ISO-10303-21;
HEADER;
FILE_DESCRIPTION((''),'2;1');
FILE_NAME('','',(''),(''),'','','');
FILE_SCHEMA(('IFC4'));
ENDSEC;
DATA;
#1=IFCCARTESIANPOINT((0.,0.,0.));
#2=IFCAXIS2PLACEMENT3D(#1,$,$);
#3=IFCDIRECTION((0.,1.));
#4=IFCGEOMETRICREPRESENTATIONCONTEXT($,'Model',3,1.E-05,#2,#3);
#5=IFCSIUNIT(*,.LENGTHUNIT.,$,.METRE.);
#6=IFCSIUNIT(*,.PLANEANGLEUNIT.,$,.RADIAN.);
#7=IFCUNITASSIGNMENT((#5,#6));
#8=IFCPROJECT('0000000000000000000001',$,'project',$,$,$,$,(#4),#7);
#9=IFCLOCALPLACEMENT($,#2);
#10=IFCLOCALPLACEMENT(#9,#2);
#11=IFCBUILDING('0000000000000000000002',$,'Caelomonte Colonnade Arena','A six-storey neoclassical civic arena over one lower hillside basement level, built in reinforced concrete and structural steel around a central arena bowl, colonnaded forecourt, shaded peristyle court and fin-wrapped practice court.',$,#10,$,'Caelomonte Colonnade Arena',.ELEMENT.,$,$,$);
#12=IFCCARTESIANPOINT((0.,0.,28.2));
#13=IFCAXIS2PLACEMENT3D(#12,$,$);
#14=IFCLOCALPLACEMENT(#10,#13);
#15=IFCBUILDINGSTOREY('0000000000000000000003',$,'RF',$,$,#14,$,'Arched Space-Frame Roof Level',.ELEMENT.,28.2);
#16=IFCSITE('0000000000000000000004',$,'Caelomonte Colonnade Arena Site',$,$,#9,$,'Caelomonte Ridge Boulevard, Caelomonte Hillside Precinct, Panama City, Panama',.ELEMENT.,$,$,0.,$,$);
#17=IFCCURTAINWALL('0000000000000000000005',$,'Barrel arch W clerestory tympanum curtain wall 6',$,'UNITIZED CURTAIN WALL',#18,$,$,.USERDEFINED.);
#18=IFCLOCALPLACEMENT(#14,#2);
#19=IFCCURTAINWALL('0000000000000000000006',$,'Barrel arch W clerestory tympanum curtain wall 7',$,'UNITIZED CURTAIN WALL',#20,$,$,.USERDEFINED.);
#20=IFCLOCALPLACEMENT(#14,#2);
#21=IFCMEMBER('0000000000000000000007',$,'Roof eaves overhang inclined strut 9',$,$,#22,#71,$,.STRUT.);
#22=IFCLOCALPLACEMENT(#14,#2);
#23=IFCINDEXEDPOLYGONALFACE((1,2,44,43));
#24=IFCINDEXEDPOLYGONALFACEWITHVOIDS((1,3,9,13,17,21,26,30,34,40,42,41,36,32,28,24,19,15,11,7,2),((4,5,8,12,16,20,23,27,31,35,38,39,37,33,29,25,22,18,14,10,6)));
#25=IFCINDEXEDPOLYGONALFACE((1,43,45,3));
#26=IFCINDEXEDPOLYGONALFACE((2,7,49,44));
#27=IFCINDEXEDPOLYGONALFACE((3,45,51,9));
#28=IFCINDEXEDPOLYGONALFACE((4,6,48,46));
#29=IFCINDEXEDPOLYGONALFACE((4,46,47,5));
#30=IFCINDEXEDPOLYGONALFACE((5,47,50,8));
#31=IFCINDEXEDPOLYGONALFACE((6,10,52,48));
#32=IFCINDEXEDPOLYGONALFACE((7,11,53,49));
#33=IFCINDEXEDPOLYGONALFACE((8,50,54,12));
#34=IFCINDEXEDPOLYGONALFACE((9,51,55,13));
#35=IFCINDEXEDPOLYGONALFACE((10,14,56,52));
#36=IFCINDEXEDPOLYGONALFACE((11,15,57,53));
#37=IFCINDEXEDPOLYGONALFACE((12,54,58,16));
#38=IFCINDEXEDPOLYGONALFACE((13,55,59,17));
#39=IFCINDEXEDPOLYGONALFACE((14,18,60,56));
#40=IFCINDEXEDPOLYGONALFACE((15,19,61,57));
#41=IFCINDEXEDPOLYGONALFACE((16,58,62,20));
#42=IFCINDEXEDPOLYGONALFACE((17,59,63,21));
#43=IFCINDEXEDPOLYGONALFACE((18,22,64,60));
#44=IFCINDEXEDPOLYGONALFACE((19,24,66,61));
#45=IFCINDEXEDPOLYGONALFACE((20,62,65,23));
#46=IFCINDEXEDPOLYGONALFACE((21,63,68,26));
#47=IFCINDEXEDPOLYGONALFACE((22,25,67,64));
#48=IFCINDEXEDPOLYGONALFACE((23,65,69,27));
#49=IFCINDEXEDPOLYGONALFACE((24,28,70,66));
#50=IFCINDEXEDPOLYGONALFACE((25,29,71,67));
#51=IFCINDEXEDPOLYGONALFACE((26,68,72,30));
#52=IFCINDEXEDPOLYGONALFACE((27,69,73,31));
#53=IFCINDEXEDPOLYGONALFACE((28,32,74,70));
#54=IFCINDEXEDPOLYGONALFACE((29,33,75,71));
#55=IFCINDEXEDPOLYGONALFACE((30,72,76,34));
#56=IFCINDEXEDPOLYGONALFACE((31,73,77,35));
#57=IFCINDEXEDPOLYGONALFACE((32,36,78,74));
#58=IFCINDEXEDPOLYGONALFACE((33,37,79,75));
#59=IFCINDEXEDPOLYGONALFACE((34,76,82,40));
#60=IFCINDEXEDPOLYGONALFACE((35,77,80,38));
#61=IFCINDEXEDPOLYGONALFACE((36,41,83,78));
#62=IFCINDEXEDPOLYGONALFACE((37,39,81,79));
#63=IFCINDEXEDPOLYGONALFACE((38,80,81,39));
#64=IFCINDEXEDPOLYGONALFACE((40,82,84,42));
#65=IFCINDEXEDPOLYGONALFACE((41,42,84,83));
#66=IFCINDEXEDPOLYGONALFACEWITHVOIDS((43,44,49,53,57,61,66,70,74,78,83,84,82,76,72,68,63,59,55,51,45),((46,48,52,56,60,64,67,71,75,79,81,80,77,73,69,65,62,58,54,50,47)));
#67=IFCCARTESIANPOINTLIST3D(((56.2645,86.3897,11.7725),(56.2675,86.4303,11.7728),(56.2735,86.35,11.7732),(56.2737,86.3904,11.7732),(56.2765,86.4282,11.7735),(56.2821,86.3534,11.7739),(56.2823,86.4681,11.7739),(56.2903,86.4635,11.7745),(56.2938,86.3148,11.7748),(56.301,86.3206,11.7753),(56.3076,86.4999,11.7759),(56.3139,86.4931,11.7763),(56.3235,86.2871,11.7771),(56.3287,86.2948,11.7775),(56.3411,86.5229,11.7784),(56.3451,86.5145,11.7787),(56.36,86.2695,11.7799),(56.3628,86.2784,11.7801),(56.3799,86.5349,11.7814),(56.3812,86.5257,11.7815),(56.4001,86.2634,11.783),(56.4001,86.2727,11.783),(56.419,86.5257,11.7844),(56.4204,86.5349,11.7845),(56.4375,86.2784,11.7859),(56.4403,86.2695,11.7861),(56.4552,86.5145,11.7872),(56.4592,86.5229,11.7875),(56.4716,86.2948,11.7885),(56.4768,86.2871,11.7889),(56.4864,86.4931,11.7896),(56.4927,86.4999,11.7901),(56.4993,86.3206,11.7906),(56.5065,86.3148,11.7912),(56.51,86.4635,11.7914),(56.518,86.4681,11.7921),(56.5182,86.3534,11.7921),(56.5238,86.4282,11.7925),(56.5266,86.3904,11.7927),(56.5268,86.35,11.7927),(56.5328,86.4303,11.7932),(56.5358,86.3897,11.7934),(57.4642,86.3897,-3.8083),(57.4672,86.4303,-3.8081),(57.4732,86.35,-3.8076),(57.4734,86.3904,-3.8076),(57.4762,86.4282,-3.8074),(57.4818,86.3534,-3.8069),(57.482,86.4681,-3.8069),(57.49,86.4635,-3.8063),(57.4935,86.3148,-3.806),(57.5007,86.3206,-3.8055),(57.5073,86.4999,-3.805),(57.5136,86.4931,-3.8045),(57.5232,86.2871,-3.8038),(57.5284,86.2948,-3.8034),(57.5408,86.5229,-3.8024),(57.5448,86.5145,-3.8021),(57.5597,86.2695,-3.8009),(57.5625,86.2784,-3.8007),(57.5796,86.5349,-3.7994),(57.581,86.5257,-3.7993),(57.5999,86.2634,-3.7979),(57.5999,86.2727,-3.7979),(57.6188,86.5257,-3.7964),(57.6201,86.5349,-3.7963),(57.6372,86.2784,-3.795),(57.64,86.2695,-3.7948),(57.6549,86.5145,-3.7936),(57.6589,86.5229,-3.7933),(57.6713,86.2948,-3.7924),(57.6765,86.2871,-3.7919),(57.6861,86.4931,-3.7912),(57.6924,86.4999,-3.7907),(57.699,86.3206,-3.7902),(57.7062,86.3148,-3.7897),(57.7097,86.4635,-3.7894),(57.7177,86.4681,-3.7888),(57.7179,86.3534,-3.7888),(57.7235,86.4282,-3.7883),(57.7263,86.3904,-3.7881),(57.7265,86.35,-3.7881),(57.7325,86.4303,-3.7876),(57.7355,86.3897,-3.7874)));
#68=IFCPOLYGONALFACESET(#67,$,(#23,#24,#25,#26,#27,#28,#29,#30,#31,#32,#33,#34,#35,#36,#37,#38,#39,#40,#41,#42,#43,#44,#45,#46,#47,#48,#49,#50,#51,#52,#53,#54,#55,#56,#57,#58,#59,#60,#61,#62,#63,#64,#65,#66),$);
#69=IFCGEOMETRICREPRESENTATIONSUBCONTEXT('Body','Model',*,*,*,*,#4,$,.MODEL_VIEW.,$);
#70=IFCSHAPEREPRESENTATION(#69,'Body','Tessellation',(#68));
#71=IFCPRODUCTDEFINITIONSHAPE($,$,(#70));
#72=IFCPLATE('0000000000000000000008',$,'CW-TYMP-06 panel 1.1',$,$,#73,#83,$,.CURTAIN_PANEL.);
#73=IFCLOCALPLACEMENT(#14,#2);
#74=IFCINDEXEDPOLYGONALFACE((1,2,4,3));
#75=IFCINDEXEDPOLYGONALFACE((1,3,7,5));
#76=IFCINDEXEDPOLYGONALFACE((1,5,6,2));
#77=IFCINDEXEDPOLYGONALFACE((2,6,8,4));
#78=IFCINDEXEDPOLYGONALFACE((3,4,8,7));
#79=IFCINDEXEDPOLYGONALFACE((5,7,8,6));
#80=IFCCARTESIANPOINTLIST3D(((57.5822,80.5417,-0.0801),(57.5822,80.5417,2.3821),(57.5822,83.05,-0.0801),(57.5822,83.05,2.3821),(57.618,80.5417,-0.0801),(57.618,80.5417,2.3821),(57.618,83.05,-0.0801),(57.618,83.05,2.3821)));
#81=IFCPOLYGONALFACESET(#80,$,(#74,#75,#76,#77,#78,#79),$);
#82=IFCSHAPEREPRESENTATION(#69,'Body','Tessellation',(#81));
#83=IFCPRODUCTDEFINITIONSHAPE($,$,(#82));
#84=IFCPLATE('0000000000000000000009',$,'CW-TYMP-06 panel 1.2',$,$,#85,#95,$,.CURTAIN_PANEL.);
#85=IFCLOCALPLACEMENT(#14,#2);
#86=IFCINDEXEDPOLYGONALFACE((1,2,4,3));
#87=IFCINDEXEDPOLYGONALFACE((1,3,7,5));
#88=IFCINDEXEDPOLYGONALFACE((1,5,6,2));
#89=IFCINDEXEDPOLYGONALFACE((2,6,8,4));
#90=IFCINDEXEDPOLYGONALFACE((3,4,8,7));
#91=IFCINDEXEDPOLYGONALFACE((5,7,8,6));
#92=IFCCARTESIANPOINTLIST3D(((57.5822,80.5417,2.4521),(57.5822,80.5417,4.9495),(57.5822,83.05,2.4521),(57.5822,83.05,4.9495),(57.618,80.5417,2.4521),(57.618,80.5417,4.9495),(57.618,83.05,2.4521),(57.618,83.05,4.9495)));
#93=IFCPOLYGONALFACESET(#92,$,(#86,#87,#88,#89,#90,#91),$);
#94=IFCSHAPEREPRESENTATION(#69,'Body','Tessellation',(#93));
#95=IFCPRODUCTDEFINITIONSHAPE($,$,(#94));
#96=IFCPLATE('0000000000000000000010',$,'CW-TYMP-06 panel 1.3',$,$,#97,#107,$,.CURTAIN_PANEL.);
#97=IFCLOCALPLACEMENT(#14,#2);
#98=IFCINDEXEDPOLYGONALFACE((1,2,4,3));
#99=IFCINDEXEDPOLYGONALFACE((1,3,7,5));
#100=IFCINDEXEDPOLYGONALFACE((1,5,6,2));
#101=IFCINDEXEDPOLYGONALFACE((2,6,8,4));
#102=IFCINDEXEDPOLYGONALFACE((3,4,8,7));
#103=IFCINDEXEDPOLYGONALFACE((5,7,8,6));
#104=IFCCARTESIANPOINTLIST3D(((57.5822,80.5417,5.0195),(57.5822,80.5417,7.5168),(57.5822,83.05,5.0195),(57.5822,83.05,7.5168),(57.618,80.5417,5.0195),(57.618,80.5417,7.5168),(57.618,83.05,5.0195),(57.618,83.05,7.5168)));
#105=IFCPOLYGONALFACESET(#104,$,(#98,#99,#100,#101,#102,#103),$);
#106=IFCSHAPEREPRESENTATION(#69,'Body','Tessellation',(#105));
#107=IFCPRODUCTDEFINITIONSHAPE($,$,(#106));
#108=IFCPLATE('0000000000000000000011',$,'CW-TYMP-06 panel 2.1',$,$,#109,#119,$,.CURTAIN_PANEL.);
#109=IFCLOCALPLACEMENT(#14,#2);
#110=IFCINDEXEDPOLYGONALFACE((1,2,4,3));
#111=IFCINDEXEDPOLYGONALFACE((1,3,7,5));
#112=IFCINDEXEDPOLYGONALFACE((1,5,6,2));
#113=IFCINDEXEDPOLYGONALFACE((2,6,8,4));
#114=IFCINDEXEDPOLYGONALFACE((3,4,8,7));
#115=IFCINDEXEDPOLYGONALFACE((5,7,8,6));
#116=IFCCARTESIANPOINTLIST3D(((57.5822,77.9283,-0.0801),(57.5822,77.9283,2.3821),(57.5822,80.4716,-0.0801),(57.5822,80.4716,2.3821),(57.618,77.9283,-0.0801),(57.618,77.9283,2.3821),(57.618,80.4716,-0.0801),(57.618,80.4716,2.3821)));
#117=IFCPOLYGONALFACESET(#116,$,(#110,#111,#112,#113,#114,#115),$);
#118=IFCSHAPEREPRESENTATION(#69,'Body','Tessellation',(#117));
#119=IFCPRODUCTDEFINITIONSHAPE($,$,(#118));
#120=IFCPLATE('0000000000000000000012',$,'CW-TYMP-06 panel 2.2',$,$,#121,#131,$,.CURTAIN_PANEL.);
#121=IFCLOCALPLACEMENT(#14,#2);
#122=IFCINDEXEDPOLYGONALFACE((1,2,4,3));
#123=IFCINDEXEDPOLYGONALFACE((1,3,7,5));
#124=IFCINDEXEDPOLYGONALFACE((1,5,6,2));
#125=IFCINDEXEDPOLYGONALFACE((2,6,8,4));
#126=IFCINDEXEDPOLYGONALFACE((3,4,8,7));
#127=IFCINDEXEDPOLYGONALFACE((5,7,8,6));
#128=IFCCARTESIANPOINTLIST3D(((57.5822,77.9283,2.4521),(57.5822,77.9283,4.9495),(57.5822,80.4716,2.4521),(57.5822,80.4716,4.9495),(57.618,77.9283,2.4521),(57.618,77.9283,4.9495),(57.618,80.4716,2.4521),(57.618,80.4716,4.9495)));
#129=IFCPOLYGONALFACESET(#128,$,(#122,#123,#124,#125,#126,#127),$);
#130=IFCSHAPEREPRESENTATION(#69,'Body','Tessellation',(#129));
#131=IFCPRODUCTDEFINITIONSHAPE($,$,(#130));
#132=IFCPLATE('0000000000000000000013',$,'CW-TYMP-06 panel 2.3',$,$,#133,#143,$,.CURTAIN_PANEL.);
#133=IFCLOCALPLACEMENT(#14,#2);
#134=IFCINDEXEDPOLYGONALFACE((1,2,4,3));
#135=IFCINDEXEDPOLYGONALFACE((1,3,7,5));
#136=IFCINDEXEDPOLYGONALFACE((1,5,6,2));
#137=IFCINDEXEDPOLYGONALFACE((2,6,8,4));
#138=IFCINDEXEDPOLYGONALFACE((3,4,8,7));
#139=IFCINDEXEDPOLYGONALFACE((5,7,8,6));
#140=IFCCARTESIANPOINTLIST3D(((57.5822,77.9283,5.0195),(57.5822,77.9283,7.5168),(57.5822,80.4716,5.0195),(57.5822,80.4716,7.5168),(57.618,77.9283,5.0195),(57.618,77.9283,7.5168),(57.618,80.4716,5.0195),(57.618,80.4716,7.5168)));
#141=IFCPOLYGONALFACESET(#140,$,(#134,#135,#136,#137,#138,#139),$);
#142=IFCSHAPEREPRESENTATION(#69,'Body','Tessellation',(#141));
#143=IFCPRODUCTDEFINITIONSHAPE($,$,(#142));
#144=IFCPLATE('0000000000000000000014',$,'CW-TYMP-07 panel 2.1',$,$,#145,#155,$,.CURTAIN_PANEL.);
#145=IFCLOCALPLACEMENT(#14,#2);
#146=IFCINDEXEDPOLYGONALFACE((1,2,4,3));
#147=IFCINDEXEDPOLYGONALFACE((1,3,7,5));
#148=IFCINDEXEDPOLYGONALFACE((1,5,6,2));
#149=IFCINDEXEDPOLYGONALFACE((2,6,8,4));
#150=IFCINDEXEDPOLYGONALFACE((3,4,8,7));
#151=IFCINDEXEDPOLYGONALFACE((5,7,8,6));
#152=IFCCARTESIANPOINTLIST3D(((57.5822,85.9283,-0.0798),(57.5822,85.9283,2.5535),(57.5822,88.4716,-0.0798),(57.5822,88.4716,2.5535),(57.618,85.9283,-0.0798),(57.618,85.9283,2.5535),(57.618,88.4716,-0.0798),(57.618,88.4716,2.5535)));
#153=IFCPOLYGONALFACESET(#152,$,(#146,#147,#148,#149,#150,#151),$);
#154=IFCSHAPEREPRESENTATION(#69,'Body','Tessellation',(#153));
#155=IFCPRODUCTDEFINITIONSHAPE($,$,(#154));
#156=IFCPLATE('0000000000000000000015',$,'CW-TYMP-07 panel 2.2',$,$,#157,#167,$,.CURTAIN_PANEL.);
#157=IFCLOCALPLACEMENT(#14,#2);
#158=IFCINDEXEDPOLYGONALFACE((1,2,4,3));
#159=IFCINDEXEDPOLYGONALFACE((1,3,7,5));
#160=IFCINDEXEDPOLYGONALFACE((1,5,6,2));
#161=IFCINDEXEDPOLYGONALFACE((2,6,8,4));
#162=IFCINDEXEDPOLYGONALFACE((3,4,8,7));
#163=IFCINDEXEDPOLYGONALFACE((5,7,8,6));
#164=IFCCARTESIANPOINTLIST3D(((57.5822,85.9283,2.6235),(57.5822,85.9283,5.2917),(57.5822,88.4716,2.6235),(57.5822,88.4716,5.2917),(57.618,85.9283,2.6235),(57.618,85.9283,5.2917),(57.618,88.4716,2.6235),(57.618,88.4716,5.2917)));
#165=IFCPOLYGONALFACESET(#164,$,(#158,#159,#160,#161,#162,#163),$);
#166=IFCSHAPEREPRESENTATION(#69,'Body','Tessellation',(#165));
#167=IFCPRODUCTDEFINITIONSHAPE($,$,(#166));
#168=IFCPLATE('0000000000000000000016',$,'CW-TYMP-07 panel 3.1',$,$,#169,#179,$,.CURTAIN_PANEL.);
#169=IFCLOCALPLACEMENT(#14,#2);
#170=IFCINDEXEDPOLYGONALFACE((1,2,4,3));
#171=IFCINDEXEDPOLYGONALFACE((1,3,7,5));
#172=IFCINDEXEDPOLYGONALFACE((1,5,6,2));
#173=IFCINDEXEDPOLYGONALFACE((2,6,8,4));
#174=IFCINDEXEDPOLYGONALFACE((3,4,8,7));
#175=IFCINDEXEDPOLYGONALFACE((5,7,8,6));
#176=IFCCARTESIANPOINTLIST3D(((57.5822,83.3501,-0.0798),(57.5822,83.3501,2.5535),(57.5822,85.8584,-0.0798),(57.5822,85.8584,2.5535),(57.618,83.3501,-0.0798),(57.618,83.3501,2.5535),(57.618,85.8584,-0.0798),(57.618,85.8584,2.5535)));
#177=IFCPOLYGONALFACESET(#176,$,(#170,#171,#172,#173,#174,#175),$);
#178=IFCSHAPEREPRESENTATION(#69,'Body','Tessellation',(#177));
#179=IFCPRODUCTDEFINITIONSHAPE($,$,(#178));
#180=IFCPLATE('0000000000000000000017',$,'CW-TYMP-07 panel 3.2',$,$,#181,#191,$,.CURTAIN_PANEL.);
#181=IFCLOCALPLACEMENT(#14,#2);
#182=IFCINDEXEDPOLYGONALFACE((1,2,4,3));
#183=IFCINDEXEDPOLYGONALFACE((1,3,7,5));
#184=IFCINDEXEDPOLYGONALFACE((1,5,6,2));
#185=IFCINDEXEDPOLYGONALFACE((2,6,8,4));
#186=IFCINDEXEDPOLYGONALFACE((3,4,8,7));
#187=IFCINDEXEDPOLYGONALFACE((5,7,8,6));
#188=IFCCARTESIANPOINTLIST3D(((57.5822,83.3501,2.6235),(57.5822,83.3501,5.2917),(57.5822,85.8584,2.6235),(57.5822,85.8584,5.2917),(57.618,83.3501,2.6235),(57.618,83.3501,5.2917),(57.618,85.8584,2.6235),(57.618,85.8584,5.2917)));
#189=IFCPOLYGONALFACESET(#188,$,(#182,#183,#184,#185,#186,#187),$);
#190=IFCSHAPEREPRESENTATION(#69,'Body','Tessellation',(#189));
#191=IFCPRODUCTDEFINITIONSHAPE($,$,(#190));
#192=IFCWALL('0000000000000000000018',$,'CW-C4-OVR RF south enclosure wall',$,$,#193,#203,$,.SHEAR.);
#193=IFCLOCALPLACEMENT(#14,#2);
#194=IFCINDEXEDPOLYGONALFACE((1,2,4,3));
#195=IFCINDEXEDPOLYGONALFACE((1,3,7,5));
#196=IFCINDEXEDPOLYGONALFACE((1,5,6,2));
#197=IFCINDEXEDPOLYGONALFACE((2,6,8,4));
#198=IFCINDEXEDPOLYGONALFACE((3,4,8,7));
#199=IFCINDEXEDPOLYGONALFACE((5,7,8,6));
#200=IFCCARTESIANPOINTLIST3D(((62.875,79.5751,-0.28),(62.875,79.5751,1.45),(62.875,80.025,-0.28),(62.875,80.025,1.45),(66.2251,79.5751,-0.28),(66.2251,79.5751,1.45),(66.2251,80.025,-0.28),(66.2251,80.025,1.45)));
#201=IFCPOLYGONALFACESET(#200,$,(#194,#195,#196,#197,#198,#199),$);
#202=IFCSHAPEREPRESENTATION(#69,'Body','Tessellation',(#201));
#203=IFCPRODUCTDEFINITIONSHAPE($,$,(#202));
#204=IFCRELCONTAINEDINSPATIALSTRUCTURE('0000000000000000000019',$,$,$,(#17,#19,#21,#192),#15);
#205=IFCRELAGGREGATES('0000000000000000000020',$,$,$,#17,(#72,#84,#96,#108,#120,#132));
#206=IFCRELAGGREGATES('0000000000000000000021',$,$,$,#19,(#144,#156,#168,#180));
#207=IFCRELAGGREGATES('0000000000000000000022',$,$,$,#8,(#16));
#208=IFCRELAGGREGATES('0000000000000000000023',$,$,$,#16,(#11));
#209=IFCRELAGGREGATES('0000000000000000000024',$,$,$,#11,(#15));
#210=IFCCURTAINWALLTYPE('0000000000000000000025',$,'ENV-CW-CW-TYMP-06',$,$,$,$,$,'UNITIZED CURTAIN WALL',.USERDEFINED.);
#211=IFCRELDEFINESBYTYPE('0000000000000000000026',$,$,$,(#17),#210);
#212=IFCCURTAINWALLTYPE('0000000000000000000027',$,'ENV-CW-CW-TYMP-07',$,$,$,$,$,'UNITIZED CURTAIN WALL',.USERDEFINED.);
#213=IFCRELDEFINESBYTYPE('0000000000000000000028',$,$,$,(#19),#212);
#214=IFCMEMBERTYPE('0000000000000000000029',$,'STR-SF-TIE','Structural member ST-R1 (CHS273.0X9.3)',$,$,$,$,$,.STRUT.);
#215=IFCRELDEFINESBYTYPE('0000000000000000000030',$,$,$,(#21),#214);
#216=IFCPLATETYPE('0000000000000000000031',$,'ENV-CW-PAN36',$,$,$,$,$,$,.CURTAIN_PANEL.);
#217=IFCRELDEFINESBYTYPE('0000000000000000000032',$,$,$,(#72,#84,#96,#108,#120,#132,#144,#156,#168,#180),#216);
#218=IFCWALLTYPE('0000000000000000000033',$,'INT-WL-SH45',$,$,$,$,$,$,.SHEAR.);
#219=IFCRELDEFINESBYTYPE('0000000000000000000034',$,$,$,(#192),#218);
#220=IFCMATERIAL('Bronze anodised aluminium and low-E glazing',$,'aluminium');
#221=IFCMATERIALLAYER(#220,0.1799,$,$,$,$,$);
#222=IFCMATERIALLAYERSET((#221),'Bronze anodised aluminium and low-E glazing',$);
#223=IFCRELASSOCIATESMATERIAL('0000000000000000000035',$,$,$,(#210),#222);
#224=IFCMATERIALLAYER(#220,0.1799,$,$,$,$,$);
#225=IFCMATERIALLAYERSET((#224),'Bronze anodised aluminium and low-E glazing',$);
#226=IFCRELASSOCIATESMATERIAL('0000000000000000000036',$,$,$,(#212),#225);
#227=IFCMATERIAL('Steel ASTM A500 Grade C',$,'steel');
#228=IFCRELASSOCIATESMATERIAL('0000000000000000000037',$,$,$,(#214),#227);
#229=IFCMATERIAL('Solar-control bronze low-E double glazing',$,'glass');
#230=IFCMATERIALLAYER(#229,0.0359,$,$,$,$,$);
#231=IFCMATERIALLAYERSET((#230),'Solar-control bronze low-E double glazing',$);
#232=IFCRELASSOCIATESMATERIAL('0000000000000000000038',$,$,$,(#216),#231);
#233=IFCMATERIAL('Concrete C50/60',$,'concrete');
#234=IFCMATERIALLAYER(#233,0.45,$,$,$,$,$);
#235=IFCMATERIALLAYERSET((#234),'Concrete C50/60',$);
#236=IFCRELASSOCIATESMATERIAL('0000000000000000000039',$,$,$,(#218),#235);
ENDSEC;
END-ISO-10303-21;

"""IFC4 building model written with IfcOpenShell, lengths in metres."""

from ifc_helpers import new_model, si_unit, direction, frame, frame_2d, origin, origin_2d, place, context, subcontext, project, spatial, rectangle, hollow_circle, extrude, material, layer, layer_set, material_profile, profile_set, type_object, element, aggregate, save


model = new_model("IFC4")

# Units and contexts
model_context = context("Model", 3, precision=1e-05, world=origin(), true_north=direction((0.0, 1.0)))
body_context = subcontext(model_context, "Body", "Model", "MODEL_VIEW")
ifc_project = project(units=[si_unit("LENGTHUNIT", "METRE"), si_unit("PLANEANGLEUNIT", "RADIAN")], contexts=[model_context])

# Site, building, storey
site_placement = place(None, origin())
site = spatial("IfcSite", under=ifc_project, at=site_placement, Name="Caelomonte Colonnade Arena Site", LongName="Caelomonte Ridge Boulevard, Caelomonte Hillside Precinct, Panama City, Panama", CompositionType="ELEMENT", RefElevation=0.0)
building_placement = place(site_placement, origin())
building = spatial("IfcBuilding", under=site, at=building_placement, Name="Caelomonte Colonnade Arena", Description="A six-storey neoclassical civic arena over one lower hillside basement level, built in reinforced concrete and structural steel around a central arena bowl, colonnaded forecourt, shaded peristyle court and fin-wrapped practice court.", LongName="Caelomonte Colonnade Arena", CompositionType="ELEMENT")
storey_placement = place(building_placement, frame((0.0, 0.0, 28.2)))
storey = spatial("IfcBuildingStorey", under=building, at=storey_placement, Name="RF", LongName="Arched Space-Frame Roof Level", CompositionType="ELEMENT", Elevation=28.2)

# Curtain walls
ifc_material_1 = material(Name="Bronze anodised aluminium and low-E glazing", Category="aluminium")
ifc_layer_1 = layer(ifc_material_1, 0.1799)
ifc_layer_set_1 = layer_set([ifc_layer_1], Name="Bronze anodised aluminium and low-E glazing")
curtain_wall_type_1 = type_object("IfcCurtainWallType", Name="ENV-CW-CW-TYMP-06", ElementType="UNITIZED CURTAIN WALL", PredefinedType="USERDEFINED", material=ifc_layer_set_1)
curtain_wall_1_placement = place(storey_placement, origin())
curtain_wall_1 = element("IfcCurtainWall", 1, at=curtain_wall_1_placement, inside=storey, type_object=curtain_wall_type_1, Name="Barrel arch W clerestory tympanum curtain wall 6", ObjectType="UNITIZED CURTAIN WALL", PredefinedType="USERDEFINED")
ifc_layer_2 = layer(ifc_material_1, 0.1799)
ifc_layer_set_2 = layer_set([ifc_layer_2], Name="Bronze anodised aluminium and low-E glazing")
curtain_wall_type_2 = type_object("IfcCurtainWallType", Name="ENV-CW-CW-TYMP-07", ElementType="UNITIZED CURTAIN WALL", PredefinedType="USERDEFINED", material=ifc_layer_set_2)
curtain_wall_2_placement = place(storey_placement, origin())
curtain_wall_2 = element("IfcCurtainWall", 2, at=curtain_wall_2_placement, inside=storey, type_object=curtain_wall_type_2, Name="Barrel arch W clerestory tympanum curtain wall 7", ObjectType="UNITIZED CURTAIN WALL", PredefinedType="USERDEFINED")

# Member
ifc_material_2 = material(Name="Steel ASTM A500 Grade C", Category="steel")
ifc_material_profile_1 = material_profile(ifc_material_2, hollow_circle(Radius=0.1365, WallThickness=0.0093, at=origin_2d()), Name="CHS273.0X9.3")
ifc_profile_set_1 = profile_set([ifc_material_profile_1], Name="Steel ASTM A500 Grade C")
member_type_1 = type_object("IfcMemberType", Name="STR-SF-TIE", Description="Structural member ST-R1 (CHS273.0X9.3)", PredefinedType="STRUT", material=ifc_profile_set_1)
member_1_placement = place(storey_placement, frame((57.5999, 86.3999, -3.7979), z_axis=(-0.076772, 0.0, 0.997049), x_axis=(0.0, -1.0, 0.0)))
element("IfcMember", 3, at=member_1_placement, inside=storey, type_object=member_type_1, Name="Roof eaves overhang inclined strut 9", PredefinedType="STRUT", context=body_context, shape_type="SweptSolid", body=[
    extrude(hollow_circle(Radius=0.1365, WallThickness=0.0093, at=origin_2d()), origin(), (0.0, 0.0, 1.0), 15.627),
])

# Plates
ifc_material_3 = material(Name="Solar-control bronze low-E double glazing", Category="glass")
ifc_layer_3 = layer(ifc_material_3, 0.0359)
ifc_layer_set_3 = layer_set([ifc_layer_3], Name="Solar-control bronze low-E double glazing")
plate_type = type_object("IfcPlateType", Name="ENV-CW-PAN36", PredefinedType="CURTAIN_PANEL", material=ifc_layer_set_3)
plate_1_placement = place(storey_placement, frame((57.6001, 81.7959, -0.0801), z_axis=(0.0, 0.0, 1.0), x_axis=(0.0, -1.0, 0.0)))
plate_1 = element("IfcPlate", 4, at=plate_1_placement, type_object=plate_type, Name="CW-TYMP-06 panel 1.1", PredefinedType="CURTAIN_PANEL", context=body_context, shape_type="SweptSolid", body=[
    extrude(rectangle(XDim=2.5083, YDim=0.0359, at=origin_2d()), origin(), (0.0, 0.0, 1.0), 2.4622),
])
plate_2_placement = place(storey_placement, frame((57.6001, 81.7959, 2.4521), z_axis=(0.0, 0.0, 1.0), x_axis=(0.0, -1.0, 0.0)))
plate_2 = element("IfcPlate", 5, at=plate_2_placement, type_object=plate_type, Name="CW-TYMP-06 panel 1.2", PredefinedType="CURTAIN_PANEL", context=body_context, shape_type="SweptSolid", body=[
    extrude(rectangle(XDim=2.5083, YDim=0.0359, at=origin_2d()), origin(), (0.0, 0.0, 1.0), 2.4973),
])
plate_3_placement = place(storey_placement, frame((57.6001, 81.7959, 5.0195), z_axis=(0.0, 0.0, 1.0), x_axis=(0.0, -1.0, 0.0)))
plate_3 = element("IfcPlate", 6, at=plate_3_placement, type_object=plate_type, Name="CW-TYMP-06 panel 1.3", PredefinedType="CURTAIN_PANEL", context=body_context, shape_type="SweptSolid", body=[
    extrude(rectangle(XDim=2.5083, YDim=0.0359, at=origin_2d()), origin(), (0.0, 0.0, 1.0), 2.4973),
])
plate_4_placement = place(storey_placement, frame((57.6001, 79.2, -0.0801), z_axis=(0.0, 0.0, 1.0), x_axis=(0.0, -1.0, 0.0)))
plate_4 = element("IfcPlate", 7, at=plate_4_placement, type_object=plate_type, Name="CW-TYMP-06 panel 2.1", PredefinedType="CURTAIN_PANEL", context=body_context, shape_type="SweptSolid", body=[
    extrude(rectangle(XDim=2.5432, YDim=0.0359, at=origin_2d()), origin(), (0.0, 0.0, 1.0), 2.4622),
])
plate_5_placement = place(storey_placement, frame((57.6001, 79.2, 2.4521), z_axis=(0.0, 0.0, 1.0), x_axis=(0.0, -1.0, 0.0)))
plate_5 = element("IfcPlate", 8, at=plate_5_placement, type_object=plate_type, Name="CW-TYMP-06 panel 2.2", PredefinedType="CURTAIN_PANEL", context=body_context, shape_type="SweptSolid", body=[
    extrude(rectangle(XDim=2.5432, YDim=0.0359, at=origin_2d()), origin(), (0.0, 0.0, 1.0), 2.4973),
])
plate_6_placement = place(storey_placement, frame((57.6001, 79.2, 5.0195), z_axis=(0.0, 0.0, 1.0), x_axis=(0.0, -1.0, 0.0)))
plate_6 = element("IfcPlate", 9, at=plate_6_placement, type_object=plate_type, Name="CW-TYMP-06 panel 2.3", PredefinedType="CURTAIN_PANEL", context=body_context, shape_type="SweptSolid", body=[
    extrude(rectangle(XDim=2.5432, YDim=0.0359, at=origin_2d()), origin(), (0.0, 0.0, 1.0), 2.4973),
])
aggregate(curtain_wall_1, [plate_1, plate_2, plate_3, plate_4, plate_5, plate_6])
plate_7_placement = place(storey_placement, frame((57.6001, 87.2, -0.0798), z_axis=(0.0, 0.0, 1.0), x_axis=(0.0, -1.0, 0.0)))
plate_7 = element("IfcPlate", 10, at=plate_7_placement, type_object=plate_type, Name="CW-TYMP-07 panel 2.1", PredefinedType="CURTAIN_PANEL", context=body_context, shape_type="SweptSolid", body=[
    extrude(rectangle(XDim=2.5432, YDim=0.0359, at=origin_2d()), origin(), (0.0, 0.0, 1.0), 2.6333),
])
plate_8_placement = place(storey_placement, frame((57.6001, 87.2, 2.6235), z_axis=(0.0, 0.0, 1.0), x_axis=(0.0, -1.0, 0.0)))
plate_8 = element("IfcPlate", 11, at=plate_8_placement, type_object=plate_type, Name="CW-TYMP-07 panel 2.2", PredefinedType="CURTAIN_PANEL", context=body_context, shape_type="SweptSolid", body=[
    extrude(rectangle(XDim=2.5432, YDim=0.0359, at=origin_2d()), origin(), (0.0, 0.0, 1.0), 2.6682),
])
plate_9_placement = place(storey_placement, frame((57.6001, 84.6042, -0.0798), z_axis=(0.0, 0.0, 1.0), x_axis=(0.0, -1.0, 0.0)))
plate_9 = element("IfcPlate", 12, at=plate_9_placement, type_object=plate_type, Name="CW-TYMP-07 panel 3.1", PredefinedType="CURTAIN_PANEL", context=body_context, shape_type="SweptSolid", body=[
    extrude(rectangle(XDim=2.5083, YDim=0.0359, at=origin_2d()), origin(), (0.0, 0.0, 1.0), 2.6333),
])
plate_10_placement = place(storey_placement, frame((57.6001, 84.6042, 2.6235), z_axis=(0.0, 0.0, 1.0), x_axis=(0.0, -1.0, 0.0)))
plate_10 = element("IfcPlate", 13, at=plate_10_placement, type_object=plate_type, Name="CW-TYMP-07 panel 3.2", PredefinedType="CURTAIN_PANEL", context=body_context, shape_type="SweptSolid", body=[
    extrude(rectangle(XDim=2.5083, YDim=0.0359, at=origin_2d()), origin(), (0.0, 0.0, 1.0), 2.6682),
])
aggregate(curtain_wall_2, [plate_7, plate_8, plate_9, plate_10])

# Wall
ifc_material_4 = material(Name="Concrete C50/60", Category="concrete")
ifc_layer_4 = layer(ifc_material_4, 0.45)
ifc_layer_set_4 = layer_set([ifc_layer_4], Name="Concrete C50/60")
wall_type = type_object("IfcWallType", Name="INT-WL-SH45", PredefinedType="SHEAR", material=ifc_layer_set_4)
wall_1_placement = place(storey_placement, frame((62.875, 79.8, -0.28), z_axis=(0.0, 0.0, 1.0), x_axis=(1.0, 0.0, 0.0)))
element("IfcWall", 14, at=wall_1_placement, inside=storey, type_object=wall_type, Name="CW-C4-OVR RF south enclosure wall", PredefinedType="SHEAR", context=body_context, shape_type="SweptSolid", body=[
    extrude(rectangle(XDim=3.3501, YDim=0.45, at=frame_2d((1.675, 0.0))), origin(), (0.0, 0.0, 1.0), 1.73),
])

save(model, "model.ifc")
